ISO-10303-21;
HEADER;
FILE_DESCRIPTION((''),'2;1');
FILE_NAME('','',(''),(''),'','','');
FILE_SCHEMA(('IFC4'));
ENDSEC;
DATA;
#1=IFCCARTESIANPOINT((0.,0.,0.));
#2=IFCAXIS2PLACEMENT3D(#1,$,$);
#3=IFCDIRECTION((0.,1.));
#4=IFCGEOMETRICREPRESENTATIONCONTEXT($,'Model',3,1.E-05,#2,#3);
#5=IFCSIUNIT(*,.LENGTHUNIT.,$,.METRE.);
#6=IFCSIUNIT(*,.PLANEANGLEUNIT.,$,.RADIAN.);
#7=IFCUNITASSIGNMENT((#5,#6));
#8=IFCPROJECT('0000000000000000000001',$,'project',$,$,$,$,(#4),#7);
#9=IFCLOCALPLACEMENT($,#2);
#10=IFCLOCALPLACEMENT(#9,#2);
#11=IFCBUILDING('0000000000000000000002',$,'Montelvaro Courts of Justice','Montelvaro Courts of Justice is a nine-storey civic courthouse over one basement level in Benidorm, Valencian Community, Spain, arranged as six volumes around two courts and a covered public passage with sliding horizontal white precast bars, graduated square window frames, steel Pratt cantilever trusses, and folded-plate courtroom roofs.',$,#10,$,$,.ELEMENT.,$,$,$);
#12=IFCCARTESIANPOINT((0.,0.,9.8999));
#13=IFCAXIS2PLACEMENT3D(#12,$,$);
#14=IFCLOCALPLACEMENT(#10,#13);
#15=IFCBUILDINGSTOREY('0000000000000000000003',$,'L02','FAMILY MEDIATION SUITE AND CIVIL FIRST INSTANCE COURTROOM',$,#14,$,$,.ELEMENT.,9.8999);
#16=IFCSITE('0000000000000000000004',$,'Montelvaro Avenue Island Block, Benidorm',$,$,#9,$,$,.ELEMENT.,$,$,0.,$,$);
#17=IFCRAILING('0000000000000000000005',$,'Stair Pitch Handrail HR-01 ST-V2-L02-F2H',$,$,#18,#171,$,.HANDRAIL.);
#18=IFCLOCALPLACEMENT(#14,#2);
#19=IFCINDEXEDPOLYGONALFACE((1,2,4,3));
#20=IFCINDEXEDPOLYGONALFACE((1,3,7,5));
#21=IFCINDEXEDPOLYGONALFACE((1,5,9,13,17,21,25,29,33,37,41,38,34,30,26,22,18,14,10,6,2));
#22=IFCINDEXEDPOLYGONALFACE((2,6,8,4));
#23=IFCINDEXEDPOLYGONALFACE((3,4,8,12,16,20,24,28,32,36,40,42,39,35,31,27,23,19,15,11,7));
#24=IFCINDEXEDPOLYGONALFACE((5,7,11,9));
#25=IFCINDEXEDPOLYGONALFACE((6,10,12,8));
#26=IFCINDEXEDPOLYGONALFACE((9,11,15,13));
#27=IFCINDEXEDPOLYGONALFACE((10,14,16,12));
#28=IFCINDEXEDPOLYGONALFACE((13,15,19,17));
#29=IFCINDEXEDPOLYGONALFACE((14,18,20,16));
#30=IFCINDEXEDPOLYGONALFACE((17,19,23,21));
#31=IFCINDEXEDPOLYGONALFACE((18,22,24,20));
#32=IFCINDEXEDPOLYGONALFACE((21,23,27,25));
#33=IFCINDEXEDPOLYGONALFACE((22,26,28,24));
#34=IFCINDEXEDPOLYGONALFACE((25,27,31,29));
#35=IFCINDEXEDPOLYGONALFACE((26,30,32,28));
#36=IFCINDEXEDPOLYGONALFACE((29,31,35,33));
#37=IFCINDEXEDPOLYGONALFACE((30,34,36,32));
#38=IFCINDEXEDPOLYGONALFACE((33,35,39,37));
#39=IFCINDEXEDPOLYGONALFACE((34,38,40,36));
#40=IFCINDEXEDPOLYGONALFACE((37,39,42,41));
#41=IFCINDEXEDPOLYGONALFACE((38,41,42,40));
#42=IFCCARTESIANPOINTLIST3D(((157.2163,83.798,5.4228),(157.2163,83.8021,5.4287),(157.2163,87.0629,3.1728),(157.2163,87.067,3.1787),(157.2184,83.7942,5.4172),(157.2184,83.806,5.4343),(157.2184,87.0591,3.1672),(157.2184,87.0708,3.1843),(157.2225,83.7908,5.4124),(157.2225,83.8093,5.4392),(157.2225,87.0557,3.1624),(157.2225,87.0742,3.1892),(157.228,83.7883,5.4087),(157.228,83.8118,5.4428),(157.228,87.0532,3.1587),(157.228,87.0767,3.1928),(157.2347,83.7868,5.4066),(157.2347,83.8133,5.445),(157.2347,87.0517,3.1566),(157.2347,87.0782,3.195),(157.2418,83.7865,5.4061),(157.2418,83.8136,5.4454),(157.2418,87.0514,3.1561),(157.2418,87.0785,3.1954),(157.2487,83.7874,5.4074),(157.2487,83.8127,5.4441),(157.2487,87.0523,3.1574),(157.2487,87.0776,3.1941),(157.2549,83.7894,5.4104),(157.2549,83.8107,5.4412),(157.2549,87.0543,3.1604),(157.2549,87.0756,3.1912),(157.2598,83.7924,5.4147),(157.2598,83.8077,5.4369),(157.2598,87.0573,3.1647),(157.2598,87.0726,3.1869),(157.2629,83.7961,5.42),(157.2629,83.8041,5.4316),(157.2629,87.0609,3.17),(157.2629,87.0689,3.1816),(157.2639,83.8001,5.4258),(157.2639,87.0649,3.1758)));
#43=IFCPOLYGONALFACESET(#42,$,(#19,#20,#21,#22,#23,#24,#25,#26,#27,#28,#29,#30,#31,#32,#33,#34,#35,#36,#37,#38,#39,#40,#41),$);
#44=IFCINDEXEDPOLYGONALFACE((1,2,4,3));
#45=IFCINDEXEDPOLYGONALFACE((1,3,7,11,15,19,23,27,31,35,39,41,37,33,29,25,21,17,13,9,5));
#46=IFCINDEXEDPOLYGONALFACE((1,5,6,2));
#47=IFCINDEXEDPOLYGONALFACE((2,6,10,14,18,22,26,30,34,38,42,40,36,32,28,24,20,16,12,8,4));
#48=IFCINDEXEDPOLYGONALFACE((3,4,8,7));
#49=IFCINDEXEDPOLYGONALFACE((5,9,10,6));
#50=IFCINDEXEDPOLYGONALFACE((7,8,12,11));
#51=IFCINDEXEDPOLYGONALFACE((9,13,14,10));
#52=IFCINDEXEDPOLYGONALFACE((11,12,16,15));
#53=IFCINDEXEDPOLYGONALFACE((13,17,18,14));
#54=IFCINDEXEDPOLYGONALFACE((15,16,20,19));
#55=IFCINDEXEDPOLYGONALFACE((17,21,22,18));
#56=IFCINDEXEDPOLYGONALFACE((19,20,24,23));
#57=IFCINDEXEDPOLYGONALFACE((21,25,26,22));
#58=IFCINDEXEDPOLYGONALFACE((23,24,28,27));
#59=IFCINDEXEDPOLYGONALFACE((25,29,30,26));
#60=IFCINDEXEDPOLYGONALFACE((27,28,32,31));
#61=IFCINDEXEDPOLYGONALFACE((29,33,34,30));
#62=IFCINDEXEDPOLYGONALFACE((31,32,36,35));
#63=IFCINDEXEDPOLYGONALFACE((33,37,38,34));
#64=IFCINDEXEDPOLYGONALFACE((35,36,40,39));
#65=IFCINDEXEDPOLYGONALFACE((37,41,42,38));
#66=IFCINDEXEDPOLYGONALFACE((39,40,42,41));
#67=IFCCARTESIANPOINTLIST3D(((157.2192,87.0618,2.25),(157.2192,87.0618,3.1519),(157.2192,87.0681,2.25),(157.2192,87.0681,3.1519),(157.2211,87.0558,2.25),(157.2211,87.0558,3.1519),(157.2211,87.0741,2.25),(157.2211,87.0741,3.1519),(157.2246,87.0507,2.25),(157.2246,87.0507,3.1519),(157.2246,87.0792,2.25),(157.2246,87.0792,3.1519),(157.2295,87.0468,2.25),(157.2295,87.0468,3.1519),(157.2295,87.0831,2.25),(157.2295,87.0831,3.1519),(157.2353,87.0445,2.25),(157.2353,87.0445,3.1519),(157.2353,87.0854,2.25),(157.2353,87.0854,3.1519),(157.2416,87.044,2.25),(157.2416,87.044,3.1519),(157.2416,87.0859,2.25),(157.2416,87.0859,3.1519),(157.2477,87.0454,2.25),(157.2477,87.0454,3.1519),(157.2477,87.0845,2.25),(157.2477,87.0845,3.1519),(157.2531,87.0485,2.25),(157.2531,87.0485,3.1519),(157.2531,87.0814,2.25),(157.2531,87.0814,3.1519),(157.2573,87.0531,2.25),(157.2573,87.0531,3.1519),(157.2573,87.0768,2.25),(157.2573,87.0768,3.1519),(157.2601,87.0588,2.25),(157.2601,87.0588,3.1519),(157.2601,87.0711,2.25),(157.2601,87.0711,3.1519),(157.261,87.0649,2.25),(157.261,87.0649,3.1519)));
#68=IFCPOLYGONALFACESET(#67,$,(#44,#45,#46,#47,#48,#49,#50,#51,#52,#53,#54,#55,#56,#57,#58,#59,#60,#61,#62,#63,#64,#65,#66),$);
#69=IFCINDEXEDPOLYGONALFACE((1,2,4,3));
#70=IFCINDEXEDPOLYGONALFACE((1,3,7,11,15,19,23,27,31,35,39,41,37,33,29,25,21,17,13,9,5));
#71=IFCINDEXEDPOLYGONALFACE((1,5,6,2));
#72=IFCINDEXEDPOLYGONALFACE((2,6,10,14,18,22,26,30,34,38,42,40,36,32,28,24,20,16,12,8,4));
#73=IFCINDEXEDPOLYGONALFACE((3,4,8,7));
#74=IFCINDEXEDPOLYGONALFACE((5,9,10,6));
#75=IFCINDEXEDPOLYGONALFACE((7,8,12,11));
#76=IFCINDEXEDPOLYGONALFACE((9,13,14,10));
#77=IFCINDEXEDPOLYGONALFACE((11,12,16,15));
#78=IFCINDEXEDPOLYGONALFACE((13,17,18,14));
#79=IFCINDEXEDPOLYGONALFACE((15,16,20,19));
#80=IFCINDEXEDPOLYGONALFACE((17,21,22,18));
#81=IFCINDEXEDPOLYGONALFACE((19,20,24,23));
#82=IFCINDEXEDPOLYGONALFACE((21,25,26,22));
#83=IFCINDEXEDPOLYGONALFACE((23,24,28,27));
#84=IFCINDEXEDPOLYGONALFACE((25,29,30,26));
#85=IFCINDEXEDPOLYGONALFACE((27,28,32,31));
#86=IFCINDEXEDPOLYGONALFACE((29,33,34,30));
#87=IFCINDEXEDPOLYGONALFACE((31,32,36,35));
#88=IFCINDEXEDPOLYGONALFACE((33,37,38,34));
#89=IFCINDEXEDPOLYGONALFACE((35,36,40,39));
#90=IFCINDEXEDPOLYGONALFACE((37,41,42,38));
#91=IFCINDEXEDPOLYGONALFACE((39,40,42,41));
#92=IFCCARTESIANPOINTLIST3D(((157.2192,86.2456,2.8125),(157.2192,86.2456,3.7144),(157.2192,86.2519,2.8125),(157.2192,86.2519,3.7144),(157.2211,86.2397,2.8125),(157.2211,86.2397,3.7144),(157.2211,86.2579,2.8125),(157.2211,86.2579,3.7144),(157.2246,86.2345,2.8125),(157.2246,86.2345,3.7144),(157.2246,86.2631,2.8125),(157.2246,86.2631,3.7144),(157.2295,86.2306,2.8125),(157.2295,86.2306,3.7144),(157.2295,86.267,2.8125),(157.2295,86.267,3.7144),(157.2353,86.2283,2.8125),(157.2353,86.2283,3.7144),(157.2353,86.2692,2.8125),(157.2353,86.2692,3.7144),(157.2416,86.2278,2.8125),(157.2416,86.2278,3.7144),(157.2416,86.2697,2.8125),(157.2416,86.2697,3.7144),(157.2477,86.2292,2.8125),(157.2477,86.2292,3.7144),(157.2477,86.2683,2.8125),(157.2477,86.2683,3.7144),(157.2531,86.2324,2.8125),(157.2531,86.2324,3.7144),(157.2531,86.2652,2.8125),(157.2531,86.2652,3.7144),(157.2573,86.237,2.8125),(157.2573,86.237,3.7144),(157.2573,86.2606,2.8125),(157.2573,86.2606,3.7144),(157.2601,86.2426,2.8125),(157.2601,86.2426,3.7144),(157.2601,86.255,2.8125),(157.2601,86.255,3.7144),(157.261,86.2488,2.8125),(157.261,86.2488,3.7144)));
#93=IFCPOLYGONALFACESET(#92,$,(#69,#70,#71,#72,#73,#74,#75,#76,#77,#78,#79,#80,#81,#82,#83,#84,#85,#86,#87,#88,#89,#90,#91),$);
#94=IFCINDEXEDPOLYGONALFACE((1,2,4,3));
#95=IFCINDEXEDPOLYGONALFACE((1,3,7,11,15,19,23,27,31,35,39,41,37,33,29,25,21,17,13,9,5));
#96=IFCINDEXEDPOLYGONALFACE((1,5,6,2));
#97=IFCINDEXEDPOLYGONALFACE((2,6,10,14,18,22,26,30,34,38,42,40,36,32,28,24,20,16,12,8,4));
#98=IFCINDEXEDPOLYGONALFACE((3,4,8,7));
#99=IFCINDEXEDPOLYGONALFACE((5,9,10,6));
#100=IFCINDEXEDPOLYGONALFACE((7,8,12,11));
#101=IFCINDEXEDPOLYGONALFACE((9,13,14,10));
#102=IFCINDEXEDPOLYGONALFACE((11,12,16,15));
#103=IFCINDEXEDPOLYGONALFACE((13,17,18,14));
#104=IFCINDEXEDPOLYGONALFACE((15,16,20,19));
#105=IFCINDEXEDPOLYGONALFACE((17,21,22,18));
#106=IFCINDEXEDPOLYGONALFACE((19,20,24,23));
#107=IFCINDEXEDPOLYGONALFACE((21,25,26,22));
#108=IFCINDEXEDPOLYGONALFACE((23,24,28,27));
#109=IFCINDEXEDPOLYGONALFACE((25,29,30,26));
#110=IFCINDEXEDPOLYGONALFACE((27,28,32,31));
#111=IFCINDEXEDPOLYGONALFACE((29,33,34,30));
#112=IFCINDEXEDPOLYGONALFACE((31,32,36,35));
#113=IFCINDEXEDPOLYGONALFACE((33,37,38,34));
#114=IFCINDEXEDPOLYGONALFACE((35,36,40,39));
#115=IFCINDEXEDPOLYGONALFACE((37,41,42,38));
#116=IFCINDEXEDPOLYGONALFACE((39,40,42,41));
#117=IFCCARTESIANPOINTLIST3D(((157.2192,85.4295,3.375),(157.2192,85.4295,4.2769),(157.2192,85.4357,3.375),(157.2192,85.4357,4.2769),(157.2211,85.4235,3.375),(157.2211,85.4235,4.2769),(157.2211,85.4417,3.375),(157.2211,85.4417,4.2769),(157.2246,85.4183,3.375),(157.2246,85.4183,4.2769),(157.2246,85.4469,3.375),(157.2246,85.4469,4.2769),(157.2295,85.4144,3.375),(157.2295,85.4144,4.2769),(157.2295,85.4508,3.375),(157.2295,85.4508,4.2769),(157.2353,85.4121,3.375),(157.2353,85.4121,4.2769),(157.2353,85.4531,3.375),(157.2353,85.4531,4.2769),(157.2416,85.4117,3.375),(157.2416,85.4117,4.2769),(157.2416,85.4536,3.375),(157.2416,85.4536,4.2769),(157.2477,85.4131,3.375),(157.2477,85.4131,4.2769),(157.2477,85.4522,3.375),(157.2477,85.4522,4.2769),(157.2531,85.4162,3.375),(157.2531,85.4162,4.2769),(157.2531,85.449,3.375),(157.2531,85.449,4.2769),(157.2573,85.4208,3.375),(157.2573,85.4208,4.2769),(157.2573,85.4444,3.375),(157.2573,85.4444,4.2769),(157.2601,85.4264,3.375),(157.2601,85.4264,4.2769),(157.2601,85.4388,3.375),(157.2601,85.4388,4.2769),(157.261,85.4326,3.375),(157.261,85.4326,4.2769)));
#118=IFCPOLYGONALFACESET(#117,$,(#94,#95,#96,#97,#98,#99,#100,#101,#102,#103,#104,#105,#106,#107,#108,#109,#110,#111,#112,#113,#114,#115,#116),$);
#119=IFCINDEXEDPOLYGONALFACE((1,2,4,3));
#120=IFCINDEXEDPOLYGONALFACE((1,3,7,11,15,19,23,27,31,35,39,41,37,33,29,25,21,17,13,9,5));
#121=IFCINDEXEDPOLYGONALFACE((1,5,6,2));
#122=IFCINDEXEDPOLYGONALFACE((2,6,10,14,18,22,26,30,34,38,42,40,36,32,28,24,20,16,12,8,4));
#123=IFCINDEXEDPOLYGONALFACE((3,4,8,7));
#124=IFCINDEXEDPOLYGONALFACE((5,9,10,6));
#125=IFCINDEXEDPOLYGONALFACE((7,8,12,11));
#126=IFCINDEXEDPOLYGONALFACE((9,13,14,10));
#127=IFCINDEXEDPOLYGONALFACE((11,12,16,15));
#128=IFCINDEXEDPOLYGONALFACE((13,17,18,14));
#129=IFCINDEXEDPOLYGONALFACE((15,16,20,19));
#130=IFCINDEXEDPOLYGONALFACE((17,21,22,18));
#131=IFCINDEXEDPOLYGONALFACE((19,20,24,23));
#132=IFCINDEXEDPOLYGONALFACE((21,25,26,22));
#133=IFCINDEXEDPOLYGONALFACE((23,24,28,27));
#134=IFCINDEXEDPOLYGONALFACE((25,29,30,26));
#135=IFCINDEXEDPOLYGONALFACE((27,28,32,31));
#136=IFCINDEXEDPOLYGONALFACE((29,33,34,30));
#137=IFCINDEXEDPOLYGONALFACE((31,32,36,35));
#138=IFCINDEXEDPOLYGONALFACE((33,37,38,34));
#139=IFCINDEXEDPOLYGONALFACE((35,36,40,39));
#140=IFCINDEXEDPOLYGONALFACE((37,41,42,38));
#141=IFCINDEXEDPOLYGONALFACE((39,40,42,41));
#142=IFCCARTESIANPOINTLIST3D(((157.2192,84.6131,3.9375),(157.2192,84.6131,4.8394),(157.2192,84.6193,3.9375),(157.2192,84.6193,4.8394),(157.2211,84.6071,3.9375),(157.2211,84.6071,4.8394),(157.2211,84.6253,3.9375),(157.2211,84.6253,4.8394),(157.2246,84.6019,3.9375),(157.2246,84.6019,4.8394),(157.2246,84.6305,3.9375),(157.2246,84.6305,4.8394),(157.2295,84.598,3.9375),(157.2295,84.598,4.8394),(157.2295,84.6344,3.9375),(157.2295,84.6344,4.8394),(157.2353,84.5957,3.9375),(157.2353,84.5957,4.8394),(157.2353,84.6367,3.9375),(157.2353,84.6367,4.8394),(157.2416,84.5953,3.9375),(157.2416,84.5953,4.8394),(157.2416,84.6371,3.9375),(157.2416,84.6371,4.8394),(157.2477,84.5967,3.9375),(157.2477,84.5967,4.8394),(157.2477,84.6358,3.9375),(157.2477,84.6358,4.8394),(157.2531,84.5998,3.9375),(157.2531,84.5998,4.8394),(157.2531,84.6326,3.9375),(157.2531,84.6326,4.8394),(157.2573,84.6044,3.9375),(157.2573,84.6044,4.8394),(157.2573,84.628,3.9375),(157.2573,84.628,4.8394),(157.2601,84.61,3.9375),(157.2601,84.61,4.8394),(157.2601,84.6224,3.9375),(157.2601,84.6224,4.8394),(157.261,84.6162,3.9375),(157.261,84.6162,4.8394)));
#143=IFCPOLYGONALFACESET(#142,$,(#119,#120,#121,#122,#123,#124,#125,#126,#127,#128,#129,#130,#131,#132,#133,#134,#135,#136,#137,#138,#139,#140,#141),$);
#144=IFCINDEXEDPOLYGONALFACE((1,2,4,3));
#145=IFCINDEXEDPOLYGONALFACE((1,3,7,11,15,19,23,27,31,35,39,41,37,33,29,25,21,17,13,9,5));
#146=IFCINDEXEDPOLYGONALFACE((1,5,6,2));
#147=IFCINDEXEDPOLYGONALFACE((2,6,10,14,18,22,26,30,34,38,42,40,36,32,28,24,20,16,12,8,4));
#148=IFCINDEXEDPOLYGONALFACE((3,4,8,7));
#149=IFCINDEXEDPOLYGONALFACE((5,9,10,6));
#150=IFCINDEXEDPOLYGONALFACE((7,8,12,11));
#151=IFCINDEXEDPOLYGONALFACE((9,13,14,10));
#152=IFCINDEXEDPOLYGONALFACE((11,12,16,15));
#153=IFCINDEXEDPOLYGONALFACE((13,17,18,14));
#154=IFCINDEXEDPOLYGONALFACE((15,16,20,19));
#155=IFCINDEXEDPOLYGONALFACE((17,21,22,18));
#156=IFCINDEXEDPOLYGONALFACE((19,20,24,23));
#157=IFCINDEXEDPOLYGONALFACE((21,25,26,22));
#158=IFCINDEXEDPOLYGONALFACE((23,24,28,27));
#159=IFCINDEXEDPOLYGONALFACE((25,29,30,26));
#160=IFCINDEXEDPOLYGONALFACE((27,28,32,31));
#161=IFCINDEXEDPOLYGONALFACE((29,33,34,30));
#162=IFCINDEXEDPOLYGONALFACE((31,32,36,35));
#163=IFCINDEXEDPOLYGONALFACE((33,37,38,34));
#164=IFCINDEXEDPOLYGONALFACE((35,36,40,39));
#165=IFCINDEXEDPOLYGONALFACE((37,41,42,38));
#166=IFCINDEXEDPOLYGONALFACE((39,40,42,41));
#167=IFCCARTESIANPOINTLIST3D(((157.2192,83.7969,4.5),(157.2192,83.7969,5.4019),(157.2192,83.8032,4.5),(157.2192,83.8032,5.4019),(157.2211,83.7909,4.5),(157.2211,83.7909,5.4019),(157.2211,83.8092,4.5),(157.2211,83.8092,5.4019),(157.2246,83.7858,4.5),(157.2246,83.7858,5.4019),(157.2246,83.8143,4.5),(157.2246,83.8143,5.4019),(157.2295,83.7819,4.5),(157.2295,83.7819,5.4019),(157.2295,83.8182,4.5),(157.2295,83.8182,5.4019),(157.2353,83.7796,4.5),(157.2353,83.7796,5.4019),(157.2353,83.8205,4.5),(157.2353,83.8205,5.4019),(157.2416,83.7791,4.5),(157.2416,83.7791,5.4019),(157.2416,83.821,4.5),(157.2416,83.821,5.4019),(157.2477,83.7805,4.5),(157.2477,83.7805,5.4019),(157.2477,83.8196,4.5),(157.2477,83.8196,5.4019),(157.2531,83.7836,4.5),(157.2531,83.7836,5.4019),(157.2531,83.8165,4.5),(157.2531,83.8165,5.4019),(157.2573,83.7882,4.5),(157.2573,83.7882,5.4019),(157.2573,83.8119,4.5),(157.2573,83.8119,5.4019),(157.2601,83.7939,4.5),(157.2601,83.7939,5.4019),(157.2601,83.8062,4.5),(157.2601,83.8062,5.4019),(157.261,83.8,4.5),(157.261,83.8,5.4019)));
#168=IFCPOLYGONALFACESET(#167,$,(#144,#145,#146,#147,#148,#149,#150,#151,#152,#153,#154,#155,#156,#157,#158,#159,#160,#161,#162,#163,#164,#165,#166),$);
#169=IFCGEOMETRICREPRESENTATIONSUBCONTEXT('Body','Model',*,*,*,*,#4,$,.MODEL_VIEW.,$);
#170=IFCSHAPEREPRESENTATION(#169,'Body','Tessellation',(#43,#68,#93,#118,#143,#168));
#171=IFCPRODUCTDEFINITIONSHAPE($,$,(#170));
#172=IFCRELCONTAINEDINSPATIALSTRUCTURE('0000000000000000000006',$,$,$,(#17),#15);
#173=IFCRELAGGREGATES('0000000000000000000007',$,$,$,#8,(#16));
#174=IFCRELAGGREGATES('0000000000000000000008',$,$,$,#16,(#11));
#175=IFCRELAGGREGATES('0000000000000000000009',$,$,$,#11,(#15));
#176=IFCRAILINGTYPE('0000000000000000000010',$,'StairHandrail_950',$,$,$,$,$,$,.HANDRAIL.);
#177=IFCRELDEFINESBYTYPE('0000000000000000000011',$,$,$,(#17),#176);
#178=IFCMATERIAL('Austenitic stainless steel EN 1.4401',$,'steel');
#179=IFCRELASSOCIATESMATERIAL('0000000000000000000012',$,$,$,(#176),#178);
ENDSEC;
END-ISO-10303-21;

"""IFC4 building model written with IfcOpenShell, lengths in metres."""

from ifc_helpers import new_model, si_unit, direction, frame, origin, origin_2d, place, context, subcontext, project, spatial, circle, extrude, material, type_object, element, save


model = new_model("IFC4")

# Units and contexts
model_context = context("Model", 3, precision=1e-05, world=origin(), true_north=direction((0.0, 1.0)))
body_context = subcontext(model_context, "Body", "Model", "MODEL_VIEW")
ifc_project = project(units=[si_unit("LENGTHUNIT", "METRE"), si_unit("PLANEANGLEUNIT", "RADIAN")], contexts=[model_context])

# Site, building, storey
site_placement = place(None, origin())
site = spatial("IfcSite", under=ifc_project, at=site_placement, Name="Montelvaro Avenue Island Block, Benidorm", CompositionType="ELEMENT", RefElevation=0.0)
building_placement = place(site_placement, origin())
building = spatial("IfcBuilding", under=site, at=building_placement, Name="Montelvaro Courts of Justice", Description="Montelvaro Courts of Justice is a nine-storey civic courthouse over one basement level in Benidorm, Valencian Community, Spain, arranged as six volumes around two courts and a covered public passage with sliding horizontal white precast bars, graduated square window frames, steel Pratt cantilever trusses, and folded-plate courtroom roofs.", CompositionType="ELEMENT")
storey_placement = place(building_placement, frame((0.0, 0.0, 9.8999)))
storey = spatial("IfcBuildingStorey", under=building, at=storey_placement, Name="L02", Description="FAMILY MEDIATION SUITE AND CIVIL FIRST INSTANCE COURTROOM", CompositionType="ELEMENT", Elevation=9.8999)

# Railing
ifc_material_1 = material(Name="Austenitic stainless steel EN 1.4401", Category="steel")
railing_type_1 = type_object("IfcRailingType", Name="StairHandrail_950", PredefinedType="HANDRAIL", material=ifc_material_1)
railing_1_placement = place(storey_placement, frame((157.24, 87.0649, 2.25)))
element("IfcRailing", 1, at=railing_1_placement, inside=storey, type_object=railing_type_1, Name="Stair Pitch Handrail HR-01 ST-V2-L02-F2H", PredefinedType="HANDRAIL", context=body_context, shape_type="SweptSolid", body=[
    extrude(circle(Radius=0.0239, at=origin_2d()), frame((0.0, 0.0, 0.9258), z_axis=(0.0, -0.823407, 0.567451), x_axis=(1.0, 0.0, 0.0)), (0.0, 0.0, 1.0), 3.9651),
    extrude(circle(Radius=0.021, at=origin_2d()), origin(), (0.0, 0.0, 1.0), 0.9019),
    extrude(circle(Radius=0.021, at=origin_2d()), frame((0.0, -0.8162, 0.5625)), (0.0, 0.0, 1.0), 0.9019),
    extrude(circle(Radius=0.021, at=origin_2d()), frame((0.0, -1.6323, 1.125)), (0.0, 0.0, 1.0), 0.9019),
    extrude(circle(Radius=0.021, at=origin_2d()), frame((0.0, -2.4487, 1.6875)), (0.0, 0.0, 1.0), 0.9019),
    extrude(circle(Radius=0.021, at=origin_2d()), frame((0.0, -3.2649, 2.25)), (0.0, 0.0, 1.0), 0.9019),
])

save(model, "model.ifc")
